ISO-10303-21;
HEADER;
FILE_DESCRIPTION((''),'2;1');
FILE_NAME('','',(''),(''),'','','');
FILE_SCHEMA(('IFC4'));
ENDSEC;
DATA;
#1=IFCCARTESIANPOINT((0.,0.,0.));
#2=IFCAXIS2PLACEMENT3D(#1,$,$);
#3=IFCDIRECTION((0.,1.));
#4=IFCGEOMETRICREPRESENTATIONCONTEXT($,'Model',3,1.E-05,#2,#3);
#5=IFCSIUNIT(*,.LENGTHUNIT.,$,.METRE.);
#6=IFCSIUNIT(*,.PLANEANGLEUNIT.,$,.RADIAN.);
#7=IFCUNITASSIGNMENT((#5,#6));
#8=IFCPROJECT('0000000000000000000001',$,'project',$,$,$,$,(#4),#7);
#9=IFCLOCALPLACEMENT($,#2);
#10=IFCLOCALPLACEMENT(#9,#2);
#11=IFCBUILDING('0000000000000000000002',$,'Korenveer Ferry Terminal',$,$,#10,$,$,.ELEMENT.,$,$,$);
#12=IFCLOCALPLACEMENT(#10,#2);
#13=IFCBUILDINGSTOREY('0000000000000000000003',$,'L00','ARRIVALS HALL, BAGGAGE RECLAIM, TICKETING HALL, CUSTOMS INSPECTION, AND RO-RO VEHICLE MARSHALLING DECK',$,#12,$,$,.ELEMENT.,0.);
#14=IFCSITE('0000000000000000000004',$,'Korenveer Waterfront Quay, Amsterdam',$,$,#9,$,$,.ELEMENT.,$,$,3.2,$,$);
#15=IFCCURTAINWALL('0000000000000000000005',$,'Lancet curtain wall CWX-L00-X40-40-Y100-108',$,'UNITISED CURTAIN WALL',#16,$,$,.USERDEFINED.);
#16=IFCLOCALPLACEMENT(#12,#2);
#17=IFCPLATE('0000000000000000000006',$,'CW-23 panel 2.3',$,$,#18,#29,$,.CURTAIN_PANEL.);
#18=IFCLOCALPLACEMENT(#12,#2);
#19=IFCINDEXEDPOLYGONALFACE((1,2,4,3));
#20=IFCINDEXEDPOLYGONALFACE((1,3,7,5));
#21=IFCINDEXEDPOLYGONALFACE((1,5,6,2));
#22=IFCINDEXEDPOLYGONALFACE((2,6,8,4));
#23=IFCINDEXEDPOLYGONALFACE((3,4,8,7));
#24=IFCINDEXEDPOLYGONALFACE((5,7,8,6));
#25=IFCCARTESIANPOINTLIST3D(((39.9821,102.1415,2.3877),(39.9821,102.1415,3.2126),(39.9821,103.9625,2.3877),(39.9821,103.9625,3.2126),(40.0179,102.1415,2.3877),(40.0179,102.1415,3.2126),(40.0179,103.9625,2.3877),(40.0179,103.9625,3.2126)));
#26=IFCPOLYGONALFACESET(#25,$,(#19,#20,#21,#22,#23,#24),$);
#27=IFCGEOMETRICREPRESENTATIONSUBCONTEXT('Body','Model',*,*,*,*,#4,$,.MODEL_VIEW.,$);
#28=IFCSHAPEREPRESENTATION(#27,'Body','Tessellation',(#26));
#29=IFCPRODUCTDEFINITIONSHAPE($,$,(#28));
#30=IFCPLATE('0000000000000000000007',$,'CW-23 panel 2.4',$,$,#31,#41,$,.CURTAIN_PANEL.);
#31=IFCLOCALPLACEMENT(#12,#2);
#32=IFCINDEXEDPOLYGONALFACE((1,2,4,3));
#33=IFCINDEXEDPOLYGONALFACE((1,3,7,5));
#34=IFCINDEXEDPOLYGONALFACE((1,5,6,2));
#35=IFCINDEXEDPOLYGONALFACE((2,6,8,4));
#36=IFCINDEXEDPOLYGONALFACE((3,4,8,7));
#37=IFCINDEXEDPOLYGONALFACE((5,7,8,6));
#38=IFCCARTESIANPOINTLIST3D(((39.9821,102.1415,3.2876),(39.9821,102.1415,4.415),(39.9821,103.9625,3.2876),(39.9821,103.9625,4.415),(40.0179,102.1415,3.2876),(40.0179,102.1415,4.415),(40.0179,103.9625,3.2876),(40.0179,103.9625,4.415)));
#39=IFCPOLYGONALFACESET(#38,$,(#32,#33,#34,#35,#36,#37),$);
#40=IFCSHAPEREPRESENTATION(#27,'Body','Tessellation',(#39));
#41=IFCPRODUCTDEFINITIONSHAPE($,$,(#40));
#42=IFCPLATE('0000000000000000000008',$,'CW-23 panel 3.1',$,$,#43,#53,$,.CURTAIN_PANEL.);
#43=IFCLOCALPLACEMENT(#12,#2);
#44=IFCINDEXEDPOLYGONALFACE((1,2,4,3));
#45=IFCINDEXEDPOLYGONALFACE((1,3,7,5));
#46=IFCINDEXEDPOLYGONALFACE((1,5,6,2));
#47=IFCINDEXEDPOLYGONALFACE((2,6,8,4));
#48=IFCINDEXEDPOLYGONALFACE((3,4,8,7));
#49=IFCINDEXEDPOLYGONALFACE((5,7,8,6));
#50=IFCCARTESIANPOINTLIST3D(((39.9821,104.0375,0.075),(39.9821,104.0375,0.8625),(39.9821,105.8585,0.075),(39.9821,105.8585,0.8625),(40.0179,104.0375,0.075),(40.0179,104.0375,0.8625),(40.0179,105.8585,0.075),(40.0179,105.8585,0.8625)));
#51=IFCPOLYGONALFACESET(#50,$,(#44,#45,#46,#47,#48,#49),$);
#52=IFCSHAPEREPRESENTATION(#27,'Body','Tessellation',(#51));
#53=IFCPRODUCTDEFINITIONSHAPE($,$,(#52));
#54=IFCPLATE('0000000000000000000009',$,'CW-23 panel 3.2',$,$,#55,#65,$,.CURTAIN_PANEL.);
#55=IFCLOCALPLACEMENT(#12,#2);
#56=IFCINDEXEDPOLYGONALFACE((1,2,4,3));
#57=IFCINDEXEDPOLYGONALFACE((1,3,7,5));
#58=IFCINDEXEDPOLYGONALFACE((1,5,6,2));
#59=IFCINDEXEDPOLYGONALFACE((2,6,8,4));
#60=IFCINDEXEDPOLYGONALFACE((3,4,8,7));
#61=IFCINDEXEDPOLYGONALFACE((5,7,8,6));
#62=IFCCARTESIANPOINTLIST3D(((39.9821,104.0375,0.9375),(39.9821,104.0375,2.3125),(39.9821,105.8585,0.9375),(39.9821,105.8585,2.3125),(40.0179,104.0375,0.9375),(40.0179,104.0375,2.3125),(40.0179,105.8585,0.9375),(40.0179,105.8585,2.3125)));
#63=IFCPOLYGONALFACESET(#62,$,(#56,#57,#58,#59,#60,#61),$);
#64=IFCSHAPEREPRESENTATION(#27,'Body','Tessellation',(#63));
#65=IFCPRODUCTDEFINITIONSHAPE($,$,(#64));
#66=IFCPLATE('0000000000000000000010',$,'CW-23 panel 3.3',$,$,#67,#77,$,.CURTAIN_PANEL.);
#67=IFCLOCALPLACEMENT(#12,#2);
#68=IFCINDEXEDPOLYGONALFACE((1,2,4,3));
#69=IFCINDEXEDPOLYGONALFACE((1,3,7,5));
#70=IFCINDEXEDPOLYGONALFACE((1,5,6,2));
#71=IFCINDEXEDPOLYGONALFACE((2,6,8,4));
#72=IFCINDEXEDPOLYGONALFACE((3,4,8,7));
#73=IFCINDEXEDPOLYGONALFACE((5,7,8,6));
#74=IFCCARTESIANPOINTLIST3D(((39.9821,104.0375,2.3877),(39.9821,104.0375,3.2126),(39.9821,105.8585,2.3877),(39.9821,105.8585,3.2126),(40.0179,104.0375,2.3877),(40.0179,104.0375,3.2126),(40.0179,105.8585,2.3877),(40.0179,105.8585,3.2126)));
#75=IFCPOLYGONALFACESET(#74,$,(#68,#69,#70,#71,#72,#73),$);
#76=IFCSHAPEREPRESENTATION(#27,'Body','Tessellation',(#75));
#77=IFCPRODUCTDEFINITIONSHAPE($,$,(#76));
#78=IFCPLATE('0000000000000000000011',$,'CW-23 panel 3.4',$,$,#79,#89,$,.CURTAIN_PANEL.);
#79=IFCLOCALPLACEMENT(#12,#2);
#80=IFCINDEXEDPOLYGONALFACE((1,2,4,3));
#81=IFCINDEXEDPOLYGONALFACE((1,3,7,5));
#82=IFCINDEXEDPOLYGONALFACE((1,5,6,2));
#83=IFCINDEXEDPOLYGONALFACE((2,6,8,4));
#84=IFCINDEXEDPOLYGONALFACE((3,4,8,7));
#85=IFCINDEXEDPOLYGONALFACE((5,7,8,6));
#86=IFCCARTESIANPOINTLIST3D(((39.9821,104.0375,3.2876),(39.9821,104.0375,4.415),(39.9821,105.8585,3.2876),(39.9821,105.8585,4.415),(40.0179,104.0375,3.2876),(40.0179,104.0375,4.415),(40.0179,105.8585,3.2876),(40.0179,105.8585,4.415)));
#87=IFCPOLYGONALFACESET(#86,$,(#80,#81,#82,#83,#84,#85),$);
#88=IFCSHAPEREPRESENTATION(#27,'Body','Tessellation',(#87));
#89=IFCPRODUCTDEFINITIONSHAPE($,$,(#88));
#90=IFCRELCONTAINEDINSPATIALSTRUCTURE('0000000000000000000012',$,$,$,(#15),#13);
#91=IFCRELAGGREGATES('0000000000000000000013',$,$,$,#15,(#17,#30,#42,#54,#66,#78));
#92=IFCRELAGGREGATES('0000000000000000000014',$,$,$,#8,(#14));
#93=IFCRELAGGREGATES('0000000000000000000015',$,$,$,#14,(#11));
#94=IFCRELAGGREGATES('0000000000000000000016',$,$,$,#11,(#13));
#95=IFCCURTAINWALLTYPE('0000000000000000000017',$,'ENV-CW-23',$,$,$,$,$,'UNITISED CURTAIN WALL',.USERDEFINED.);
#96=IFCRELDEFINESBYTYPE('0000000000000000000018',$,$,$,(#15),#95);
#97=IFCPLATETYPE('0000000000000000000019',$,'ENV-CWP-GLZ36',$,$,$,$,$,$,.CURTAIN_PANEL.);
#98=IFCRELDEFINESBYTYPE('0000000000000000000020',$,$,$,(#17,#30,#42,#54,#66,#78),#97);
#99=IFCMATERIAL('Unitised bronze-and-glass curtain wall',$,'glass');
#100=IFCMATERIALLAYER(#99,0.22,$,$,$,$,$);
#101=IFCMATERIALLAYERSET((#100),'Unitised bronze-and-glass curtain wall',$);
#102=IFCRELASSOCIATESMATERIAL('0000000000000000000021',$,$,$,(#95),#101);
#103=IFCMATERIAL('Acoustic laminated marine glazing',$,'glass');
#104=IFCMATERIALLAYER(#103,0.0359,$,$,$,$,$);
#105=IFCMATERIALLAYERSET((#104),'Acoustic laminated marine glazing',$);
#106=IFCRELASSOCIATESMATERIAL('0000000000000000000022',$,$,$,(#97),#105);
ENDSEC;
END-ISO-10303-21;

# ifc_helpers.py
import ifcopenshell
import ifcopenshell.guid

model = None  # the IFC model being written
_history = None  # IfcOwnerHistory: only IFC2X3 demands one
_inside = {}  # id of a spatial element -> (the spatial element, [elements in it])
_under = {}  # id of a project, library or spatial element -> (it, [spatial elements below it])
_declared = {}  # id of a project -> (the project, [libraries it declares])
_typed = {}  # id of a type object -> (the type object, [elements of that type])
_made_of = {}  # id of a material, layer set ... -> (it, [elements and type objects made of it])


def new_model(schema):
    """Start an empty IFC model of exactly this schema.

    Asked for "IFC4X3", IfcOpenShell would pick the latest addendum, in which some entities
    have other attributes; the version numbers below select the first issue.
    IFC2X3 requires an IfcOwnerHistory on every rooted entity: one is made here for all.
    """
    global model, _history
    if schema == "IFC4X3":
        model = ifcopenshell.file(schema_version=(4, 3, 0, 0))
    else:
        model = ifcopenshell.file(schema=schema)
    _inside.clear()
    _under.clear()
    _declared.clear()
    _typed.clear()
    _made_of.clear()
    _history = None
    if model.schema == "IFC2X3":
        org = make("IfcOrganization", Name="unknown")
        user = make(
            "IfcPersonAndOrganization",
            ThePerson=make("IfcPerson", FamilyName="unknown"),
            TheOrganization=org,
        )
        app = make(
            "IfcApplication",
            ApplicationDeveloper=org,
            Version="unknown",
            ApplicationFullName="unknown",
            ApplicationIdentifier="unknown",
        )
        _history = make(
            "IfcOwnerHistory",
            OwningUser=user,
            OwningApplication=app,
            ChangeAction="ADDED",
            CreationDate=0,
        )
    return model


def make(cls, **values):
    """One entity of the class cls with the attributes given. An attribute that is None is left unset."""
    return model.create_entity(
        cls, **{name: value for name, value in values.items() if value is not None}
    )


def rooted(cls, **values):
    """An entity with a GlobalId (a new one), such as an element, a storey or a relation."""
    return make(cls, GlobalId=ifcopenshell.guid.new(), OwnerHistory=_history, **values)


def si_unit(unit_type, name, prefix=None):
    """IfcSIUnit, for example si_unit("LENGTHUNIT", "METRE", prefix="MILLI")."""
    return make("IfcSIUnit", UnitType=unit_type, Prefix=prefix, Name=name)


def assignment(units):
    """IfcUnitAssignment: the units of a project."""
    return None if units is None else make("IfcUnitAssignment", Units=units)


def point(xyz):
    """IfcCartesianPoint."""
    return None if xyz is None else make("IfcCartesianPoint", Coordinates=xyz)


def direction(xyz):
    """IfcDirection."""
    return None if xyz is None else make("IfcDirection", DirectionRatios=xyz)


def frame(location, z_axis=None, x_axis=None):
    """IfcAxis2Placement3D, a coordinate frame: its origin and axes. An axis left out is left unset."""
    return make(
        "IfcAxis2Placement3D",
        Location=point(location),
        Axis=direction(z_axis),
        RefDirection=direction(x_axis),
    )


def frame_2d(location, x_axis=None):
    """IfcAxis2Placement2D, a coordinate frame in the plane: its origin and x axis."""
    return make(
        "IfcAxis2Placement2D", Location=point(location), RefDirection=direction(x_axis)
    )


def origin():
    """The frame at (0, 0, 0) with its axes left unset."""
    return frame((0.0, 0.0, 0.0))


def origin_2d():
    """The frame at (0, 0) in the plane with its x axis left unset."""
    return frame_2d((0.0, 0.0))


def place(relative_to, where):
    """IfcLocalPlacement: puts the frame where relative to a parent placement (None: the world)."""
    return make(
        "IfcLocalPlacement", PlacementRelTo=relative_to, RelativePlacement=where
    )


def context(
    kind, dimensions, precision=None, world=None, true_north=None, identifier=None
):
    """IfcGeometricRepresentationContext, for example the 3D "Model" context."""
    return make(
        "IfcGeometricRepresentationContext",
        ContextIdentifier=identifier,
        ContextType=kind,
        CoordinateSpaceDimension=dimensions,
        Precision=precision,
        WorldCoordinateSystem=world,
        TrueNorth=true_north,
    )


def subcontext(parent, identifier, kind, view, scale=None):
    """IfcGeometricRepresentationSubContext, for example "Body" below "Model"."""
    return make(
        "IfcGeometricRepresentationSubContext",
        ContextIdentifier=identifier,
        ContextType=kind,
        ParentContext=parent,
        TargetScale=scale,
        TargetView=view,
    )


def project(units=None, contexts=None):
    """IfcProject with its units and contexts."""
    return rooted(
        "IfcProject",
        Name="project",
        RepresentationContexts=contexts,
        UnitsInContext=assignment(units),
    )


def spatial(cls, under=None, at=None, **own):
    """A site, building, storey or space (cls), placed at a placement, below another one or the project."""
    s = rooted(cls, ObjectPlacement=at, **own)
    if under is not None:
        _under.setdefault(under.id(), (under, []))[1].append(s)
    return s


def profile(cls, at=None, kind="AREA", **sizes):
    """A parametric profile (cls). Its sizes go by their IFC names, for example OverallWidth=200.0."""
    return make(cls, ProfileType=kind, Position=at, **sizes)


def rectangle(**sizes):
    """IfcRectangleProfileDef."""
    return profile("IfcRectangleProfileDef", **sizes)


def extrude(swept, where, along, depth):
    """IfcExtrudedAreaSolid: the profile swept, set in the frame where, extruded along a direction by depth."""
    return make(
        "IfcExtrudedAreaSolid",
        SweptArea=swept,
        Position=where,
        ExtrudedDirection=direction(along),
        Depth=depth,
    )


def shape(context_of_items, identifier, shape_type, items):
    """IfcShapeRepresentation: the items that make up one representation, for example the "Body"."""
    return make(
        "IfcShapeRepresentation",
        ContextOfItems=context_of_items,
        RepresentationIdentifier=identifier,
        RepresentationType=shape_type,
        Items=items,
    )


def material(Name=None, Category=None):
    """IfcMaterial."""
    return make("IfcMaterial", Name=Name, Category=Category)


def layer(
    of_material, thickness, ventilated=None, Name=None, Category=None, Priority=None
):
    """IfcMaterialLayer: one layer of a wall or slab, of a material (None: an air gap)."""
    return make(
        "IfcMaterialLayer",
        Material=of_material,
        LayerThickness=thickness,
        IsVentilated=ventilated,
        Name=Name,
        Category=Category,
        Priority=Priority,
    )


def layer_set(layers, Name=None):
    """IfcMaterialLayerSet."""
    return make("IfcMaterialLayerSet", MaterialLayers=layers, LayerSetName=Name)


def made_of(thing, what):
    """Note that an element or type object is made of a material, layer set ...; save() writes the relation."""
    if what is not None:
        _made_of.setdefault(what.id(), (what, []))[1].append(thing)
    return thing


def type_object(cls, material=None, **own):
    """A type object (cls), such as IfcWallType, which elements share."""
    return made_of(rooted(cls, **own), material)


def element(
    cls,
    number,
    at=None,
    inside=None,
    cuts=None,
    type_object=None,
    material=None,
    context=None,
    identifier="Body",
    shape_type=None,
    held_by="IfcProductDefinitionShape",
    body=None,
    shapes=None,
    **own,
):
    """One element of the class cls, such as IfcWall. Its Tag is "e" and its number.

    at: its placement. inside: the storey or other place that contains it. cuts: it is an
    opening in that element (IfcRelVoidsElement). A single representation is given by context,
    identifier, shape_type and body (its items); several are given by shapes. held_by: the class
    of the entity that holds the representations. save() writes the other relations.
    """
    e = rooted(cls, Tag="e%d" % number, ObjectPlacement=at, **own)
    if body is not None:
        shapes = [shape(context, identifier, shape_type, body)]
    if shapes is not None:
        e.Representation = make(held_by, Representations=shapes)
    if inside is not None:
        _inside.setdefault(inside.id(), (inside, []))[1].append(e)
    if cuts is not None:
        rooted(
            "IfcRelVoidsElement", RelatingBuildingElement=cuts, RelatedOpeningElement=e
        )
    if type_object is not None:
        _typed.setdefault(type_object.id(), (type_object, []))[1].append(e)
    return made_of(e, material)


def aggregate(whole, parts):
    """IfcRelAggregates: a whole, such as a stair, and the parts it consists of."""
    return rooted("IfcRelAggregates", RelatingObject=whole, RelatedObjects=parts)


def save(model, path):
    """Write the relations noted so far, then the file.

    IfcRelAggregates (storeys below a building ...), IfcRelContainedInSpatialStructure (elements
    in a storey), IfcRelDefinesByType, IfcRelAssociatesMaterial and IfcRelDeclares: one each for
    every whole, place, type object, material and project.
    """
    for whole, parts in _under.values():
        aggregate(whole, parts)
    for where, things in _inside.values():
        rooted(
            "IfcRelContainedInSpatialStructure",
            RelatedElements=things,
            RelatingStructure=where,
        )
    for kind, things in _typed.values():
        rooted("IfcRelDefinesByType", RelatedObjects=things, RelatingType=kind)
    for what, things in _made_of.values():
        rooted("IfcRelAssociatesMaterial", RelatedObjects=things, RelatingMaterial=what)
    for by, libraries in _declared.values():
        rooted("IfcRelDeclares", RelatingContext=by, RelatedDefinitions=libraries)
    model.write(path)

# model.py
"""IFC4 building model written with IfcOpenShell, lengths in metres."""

from ifc_helpers import new_model, si_unit, direction, frame, origin, origin_2d, place, context, subcontext, project, spatial, rectangle, extrude, material, layer, layer_set, type_object, element, aggregate, save


model = new_model("IFC4")

# Units and contexts
model_context = context("Model", 3, precision=1e-05, world=origin(), true_north=direction((0.0, 1.0)))
body_context = subcontext(model_context, "Body", "Model", "MODEL_VIEW")
ifc_project = project(units=[si_unit("LENGTHUNIT", "METRE"), si_unit("PLANEANGLEUNIT", "RADIAN")], contexts=[model_context])

# Site, building, storey
site_placement = place(None, origin())
site = spatial("IfcSite", under=ifc_project, at=site_placement, Name="Korenveer Waterfront Quay, Amsterdam", CompositionType="ELEMENT", RefElevation=3.2)
building_placement = place(site_placement, origin())
building = spatial("IfcBuilding", under=site, at=building_placement, Name="Korenveer Ferry Terminal", CompositionType="ELEMENT")
storey_placement = place(building_placement, origin())
storey = spatial("IfcBuildingStorey", under=building, at=storey_placement, Name="L00", Description="ARRIVALS HALL, BAGGAGE RECLAIM, TICKETING HALL, CUSTOMS INSPECTION, AND RO-RO VEHICLE MARSHALLING DECK", CompositionType="ELEMENT", Elevation=0.0)

# Curtain wall, plates
ifc_material_1 = material(Name="Unitised bronze-and-glass curtain wall", Category="glass")
ifc_layer_1 = layer(ifc_material_1, 0.22)
ifc_layer_set_1 = layer_set([ifc_layer_1], Name="Unitised bronze-and-glass curtain wall")
curtain_wall_type = type_object("IfcCurtainWallType", Name="ENV-CW-23", ElementType="UNITISED CURTAIN WALL", PredefinedType="USERDEFINED", material=ifc_layer_set_1)
curtain_wall_placement = place(storey_placement, frame((40.0, 100.2078, 0.0)))
curtain_wall = element("IfcCurtainWall", 1, at=curtain_wall_placement, inside=storey, type_object=curtain_wall_type, Name="Lancet curtain wall CWX-L00-X40-40-Y100-108", ObjectType="UNITISED CURTAIN WALL", PredefinedType="USERDEFINED")
ifc_material_2 = material(Name="Acoustic laminated marine glazing", Category="glass")
ifc_layer_2 = layer(ifc_material_2, 0.0359)
ifc_layer_set_2 = layer_set([ifc_layer_2], Name="Acoustic laminated marine glazing")
plate_type = type_object("IfcPlateType", Name="ENV-CWP-GLZ36", PredefinedType="CURTAIN_PANEL", material=ifc_layer_set_2)
plate_1_placement = place(storey_placement, frame((40.0, 103.052, 2.3877), z_axis=(0.0, 0.0, 1.0), x_axis=(0.0, 1.0, 0.0)))
plate_1 = element("IfcPlate", 2, at=plate_1_placement, type_object=plate_type, Name="CW-23 panel 2.3", PredefinedType="CURTAIN_PANEL", context=body_context, shape_type="SweptSolid", body=[
    extrude(rectangle(XDim=1.821, YDim=0.0359, at=origin_2d()), origin(), (0.0, 0.0, 1.0), 0.825),
])
plate_2_placement = place(storey_placement, frame((40.0, 103.052, 3.2876), z_axis=(0.0, 0.0, 1.0), x_axis=(0.0, 1.0, 0.0)))
plate_2 = element("IfcPlate", 3, at=plate_2_placement, type_object=plate_type, Name="CW-23 panel 2.4", PredefinedType="CURTAIN_PANEL", context=body_context, shape_type="SweptSolid", body=[
    extrude(rectangle(XDim=1.821, YDim=0.0359, at=origin_2d()), origin(), (0.0, 0.0, 1.0), 1.1274),
])
plate_3_placement = place(storey_placement, frame((40.0, 104.948, 0.075), z_axis=(0.0, 0.0, 1.0), x_axis=(0.0, 1.0, 0.0)))
plate_3 = element("IfcPlate", 4, at=plate_3_placement, type_object=plate_type, Name="CW-23 panel 3.1", PredefinedType="CURTAIN_PANEL", context=body_context, shape_type="SweptSolid", body=[
    extrude(rectangle(XDim=1.821, YDim=0.0359, at=origin_2d()), origin(), (0.0, 0.0, 1.0), 0.7876),
])
plate_4_placement = place(storey_placement, frame((40.0, 104.948, 0.9375), z_axis=(0.0, 0.0, 1.0), x_axis=(0.0, 1.0, 0.0)))
plate_4 = element("IfcPlate", 5, at=plate_4_placement, type_object=plate_type, Name="CW-23 panel 3.2", PredefinedType="CURTAIN_PANEL", context=body_context, shape_type="SweptSolid", body=[
    extrude(rectangle(XDim=1.821, YDim=0.0359, at=origin_2d()), origin(), (0.0, 0.0, 1.0), 1.375),
])
plate_5_placement = place(storey_placement, frame((40.0, 104.948, 2.3877), z_axis=(0.0, 0.0, 1.0), x_axis=(0.0, 1.0, 0.0)))
plate_5 = element("IfcPlate", 6, at=plate_5_placement, type_object=plate_type, Name="CW-23 panel 3.3", PredefinedType="CURTAIN_PANEL", context=body_context, shape_type="SweptSolid", body=[
    extrude(rectangle(XDim=1.821, YDim=0.0359, at=origin_2d()), origin(), (0.0, 0.0, 1.0), 0.825),
])
plate_6_placement = place(storey_placement, frame((40.0, 104.948, 3.2876), z_axis=(0.0, 0.0, 1.0), x_axis=(0.0, 1.0, 0.0)))
plate_6 = element("IfcPlate", 7, at=plate_6_placement, type_object=plate_type, Name="CW-23 panel 3.4", PredefinedType="CURTAIN_PANEL", context=body_context, shape_type="SweptSolid", body=[
    extrude(rectangle(XDim=1.821, YDim=0.0359, at=origin_2d()), origin(), (0.0, 0.0, 1.0), 1.1274),
])
aggregate(curtain_wall, [plate_1, plate_2, plate_3, plate_4, plate_5, plate_6])

save(model, "model.ifc")
